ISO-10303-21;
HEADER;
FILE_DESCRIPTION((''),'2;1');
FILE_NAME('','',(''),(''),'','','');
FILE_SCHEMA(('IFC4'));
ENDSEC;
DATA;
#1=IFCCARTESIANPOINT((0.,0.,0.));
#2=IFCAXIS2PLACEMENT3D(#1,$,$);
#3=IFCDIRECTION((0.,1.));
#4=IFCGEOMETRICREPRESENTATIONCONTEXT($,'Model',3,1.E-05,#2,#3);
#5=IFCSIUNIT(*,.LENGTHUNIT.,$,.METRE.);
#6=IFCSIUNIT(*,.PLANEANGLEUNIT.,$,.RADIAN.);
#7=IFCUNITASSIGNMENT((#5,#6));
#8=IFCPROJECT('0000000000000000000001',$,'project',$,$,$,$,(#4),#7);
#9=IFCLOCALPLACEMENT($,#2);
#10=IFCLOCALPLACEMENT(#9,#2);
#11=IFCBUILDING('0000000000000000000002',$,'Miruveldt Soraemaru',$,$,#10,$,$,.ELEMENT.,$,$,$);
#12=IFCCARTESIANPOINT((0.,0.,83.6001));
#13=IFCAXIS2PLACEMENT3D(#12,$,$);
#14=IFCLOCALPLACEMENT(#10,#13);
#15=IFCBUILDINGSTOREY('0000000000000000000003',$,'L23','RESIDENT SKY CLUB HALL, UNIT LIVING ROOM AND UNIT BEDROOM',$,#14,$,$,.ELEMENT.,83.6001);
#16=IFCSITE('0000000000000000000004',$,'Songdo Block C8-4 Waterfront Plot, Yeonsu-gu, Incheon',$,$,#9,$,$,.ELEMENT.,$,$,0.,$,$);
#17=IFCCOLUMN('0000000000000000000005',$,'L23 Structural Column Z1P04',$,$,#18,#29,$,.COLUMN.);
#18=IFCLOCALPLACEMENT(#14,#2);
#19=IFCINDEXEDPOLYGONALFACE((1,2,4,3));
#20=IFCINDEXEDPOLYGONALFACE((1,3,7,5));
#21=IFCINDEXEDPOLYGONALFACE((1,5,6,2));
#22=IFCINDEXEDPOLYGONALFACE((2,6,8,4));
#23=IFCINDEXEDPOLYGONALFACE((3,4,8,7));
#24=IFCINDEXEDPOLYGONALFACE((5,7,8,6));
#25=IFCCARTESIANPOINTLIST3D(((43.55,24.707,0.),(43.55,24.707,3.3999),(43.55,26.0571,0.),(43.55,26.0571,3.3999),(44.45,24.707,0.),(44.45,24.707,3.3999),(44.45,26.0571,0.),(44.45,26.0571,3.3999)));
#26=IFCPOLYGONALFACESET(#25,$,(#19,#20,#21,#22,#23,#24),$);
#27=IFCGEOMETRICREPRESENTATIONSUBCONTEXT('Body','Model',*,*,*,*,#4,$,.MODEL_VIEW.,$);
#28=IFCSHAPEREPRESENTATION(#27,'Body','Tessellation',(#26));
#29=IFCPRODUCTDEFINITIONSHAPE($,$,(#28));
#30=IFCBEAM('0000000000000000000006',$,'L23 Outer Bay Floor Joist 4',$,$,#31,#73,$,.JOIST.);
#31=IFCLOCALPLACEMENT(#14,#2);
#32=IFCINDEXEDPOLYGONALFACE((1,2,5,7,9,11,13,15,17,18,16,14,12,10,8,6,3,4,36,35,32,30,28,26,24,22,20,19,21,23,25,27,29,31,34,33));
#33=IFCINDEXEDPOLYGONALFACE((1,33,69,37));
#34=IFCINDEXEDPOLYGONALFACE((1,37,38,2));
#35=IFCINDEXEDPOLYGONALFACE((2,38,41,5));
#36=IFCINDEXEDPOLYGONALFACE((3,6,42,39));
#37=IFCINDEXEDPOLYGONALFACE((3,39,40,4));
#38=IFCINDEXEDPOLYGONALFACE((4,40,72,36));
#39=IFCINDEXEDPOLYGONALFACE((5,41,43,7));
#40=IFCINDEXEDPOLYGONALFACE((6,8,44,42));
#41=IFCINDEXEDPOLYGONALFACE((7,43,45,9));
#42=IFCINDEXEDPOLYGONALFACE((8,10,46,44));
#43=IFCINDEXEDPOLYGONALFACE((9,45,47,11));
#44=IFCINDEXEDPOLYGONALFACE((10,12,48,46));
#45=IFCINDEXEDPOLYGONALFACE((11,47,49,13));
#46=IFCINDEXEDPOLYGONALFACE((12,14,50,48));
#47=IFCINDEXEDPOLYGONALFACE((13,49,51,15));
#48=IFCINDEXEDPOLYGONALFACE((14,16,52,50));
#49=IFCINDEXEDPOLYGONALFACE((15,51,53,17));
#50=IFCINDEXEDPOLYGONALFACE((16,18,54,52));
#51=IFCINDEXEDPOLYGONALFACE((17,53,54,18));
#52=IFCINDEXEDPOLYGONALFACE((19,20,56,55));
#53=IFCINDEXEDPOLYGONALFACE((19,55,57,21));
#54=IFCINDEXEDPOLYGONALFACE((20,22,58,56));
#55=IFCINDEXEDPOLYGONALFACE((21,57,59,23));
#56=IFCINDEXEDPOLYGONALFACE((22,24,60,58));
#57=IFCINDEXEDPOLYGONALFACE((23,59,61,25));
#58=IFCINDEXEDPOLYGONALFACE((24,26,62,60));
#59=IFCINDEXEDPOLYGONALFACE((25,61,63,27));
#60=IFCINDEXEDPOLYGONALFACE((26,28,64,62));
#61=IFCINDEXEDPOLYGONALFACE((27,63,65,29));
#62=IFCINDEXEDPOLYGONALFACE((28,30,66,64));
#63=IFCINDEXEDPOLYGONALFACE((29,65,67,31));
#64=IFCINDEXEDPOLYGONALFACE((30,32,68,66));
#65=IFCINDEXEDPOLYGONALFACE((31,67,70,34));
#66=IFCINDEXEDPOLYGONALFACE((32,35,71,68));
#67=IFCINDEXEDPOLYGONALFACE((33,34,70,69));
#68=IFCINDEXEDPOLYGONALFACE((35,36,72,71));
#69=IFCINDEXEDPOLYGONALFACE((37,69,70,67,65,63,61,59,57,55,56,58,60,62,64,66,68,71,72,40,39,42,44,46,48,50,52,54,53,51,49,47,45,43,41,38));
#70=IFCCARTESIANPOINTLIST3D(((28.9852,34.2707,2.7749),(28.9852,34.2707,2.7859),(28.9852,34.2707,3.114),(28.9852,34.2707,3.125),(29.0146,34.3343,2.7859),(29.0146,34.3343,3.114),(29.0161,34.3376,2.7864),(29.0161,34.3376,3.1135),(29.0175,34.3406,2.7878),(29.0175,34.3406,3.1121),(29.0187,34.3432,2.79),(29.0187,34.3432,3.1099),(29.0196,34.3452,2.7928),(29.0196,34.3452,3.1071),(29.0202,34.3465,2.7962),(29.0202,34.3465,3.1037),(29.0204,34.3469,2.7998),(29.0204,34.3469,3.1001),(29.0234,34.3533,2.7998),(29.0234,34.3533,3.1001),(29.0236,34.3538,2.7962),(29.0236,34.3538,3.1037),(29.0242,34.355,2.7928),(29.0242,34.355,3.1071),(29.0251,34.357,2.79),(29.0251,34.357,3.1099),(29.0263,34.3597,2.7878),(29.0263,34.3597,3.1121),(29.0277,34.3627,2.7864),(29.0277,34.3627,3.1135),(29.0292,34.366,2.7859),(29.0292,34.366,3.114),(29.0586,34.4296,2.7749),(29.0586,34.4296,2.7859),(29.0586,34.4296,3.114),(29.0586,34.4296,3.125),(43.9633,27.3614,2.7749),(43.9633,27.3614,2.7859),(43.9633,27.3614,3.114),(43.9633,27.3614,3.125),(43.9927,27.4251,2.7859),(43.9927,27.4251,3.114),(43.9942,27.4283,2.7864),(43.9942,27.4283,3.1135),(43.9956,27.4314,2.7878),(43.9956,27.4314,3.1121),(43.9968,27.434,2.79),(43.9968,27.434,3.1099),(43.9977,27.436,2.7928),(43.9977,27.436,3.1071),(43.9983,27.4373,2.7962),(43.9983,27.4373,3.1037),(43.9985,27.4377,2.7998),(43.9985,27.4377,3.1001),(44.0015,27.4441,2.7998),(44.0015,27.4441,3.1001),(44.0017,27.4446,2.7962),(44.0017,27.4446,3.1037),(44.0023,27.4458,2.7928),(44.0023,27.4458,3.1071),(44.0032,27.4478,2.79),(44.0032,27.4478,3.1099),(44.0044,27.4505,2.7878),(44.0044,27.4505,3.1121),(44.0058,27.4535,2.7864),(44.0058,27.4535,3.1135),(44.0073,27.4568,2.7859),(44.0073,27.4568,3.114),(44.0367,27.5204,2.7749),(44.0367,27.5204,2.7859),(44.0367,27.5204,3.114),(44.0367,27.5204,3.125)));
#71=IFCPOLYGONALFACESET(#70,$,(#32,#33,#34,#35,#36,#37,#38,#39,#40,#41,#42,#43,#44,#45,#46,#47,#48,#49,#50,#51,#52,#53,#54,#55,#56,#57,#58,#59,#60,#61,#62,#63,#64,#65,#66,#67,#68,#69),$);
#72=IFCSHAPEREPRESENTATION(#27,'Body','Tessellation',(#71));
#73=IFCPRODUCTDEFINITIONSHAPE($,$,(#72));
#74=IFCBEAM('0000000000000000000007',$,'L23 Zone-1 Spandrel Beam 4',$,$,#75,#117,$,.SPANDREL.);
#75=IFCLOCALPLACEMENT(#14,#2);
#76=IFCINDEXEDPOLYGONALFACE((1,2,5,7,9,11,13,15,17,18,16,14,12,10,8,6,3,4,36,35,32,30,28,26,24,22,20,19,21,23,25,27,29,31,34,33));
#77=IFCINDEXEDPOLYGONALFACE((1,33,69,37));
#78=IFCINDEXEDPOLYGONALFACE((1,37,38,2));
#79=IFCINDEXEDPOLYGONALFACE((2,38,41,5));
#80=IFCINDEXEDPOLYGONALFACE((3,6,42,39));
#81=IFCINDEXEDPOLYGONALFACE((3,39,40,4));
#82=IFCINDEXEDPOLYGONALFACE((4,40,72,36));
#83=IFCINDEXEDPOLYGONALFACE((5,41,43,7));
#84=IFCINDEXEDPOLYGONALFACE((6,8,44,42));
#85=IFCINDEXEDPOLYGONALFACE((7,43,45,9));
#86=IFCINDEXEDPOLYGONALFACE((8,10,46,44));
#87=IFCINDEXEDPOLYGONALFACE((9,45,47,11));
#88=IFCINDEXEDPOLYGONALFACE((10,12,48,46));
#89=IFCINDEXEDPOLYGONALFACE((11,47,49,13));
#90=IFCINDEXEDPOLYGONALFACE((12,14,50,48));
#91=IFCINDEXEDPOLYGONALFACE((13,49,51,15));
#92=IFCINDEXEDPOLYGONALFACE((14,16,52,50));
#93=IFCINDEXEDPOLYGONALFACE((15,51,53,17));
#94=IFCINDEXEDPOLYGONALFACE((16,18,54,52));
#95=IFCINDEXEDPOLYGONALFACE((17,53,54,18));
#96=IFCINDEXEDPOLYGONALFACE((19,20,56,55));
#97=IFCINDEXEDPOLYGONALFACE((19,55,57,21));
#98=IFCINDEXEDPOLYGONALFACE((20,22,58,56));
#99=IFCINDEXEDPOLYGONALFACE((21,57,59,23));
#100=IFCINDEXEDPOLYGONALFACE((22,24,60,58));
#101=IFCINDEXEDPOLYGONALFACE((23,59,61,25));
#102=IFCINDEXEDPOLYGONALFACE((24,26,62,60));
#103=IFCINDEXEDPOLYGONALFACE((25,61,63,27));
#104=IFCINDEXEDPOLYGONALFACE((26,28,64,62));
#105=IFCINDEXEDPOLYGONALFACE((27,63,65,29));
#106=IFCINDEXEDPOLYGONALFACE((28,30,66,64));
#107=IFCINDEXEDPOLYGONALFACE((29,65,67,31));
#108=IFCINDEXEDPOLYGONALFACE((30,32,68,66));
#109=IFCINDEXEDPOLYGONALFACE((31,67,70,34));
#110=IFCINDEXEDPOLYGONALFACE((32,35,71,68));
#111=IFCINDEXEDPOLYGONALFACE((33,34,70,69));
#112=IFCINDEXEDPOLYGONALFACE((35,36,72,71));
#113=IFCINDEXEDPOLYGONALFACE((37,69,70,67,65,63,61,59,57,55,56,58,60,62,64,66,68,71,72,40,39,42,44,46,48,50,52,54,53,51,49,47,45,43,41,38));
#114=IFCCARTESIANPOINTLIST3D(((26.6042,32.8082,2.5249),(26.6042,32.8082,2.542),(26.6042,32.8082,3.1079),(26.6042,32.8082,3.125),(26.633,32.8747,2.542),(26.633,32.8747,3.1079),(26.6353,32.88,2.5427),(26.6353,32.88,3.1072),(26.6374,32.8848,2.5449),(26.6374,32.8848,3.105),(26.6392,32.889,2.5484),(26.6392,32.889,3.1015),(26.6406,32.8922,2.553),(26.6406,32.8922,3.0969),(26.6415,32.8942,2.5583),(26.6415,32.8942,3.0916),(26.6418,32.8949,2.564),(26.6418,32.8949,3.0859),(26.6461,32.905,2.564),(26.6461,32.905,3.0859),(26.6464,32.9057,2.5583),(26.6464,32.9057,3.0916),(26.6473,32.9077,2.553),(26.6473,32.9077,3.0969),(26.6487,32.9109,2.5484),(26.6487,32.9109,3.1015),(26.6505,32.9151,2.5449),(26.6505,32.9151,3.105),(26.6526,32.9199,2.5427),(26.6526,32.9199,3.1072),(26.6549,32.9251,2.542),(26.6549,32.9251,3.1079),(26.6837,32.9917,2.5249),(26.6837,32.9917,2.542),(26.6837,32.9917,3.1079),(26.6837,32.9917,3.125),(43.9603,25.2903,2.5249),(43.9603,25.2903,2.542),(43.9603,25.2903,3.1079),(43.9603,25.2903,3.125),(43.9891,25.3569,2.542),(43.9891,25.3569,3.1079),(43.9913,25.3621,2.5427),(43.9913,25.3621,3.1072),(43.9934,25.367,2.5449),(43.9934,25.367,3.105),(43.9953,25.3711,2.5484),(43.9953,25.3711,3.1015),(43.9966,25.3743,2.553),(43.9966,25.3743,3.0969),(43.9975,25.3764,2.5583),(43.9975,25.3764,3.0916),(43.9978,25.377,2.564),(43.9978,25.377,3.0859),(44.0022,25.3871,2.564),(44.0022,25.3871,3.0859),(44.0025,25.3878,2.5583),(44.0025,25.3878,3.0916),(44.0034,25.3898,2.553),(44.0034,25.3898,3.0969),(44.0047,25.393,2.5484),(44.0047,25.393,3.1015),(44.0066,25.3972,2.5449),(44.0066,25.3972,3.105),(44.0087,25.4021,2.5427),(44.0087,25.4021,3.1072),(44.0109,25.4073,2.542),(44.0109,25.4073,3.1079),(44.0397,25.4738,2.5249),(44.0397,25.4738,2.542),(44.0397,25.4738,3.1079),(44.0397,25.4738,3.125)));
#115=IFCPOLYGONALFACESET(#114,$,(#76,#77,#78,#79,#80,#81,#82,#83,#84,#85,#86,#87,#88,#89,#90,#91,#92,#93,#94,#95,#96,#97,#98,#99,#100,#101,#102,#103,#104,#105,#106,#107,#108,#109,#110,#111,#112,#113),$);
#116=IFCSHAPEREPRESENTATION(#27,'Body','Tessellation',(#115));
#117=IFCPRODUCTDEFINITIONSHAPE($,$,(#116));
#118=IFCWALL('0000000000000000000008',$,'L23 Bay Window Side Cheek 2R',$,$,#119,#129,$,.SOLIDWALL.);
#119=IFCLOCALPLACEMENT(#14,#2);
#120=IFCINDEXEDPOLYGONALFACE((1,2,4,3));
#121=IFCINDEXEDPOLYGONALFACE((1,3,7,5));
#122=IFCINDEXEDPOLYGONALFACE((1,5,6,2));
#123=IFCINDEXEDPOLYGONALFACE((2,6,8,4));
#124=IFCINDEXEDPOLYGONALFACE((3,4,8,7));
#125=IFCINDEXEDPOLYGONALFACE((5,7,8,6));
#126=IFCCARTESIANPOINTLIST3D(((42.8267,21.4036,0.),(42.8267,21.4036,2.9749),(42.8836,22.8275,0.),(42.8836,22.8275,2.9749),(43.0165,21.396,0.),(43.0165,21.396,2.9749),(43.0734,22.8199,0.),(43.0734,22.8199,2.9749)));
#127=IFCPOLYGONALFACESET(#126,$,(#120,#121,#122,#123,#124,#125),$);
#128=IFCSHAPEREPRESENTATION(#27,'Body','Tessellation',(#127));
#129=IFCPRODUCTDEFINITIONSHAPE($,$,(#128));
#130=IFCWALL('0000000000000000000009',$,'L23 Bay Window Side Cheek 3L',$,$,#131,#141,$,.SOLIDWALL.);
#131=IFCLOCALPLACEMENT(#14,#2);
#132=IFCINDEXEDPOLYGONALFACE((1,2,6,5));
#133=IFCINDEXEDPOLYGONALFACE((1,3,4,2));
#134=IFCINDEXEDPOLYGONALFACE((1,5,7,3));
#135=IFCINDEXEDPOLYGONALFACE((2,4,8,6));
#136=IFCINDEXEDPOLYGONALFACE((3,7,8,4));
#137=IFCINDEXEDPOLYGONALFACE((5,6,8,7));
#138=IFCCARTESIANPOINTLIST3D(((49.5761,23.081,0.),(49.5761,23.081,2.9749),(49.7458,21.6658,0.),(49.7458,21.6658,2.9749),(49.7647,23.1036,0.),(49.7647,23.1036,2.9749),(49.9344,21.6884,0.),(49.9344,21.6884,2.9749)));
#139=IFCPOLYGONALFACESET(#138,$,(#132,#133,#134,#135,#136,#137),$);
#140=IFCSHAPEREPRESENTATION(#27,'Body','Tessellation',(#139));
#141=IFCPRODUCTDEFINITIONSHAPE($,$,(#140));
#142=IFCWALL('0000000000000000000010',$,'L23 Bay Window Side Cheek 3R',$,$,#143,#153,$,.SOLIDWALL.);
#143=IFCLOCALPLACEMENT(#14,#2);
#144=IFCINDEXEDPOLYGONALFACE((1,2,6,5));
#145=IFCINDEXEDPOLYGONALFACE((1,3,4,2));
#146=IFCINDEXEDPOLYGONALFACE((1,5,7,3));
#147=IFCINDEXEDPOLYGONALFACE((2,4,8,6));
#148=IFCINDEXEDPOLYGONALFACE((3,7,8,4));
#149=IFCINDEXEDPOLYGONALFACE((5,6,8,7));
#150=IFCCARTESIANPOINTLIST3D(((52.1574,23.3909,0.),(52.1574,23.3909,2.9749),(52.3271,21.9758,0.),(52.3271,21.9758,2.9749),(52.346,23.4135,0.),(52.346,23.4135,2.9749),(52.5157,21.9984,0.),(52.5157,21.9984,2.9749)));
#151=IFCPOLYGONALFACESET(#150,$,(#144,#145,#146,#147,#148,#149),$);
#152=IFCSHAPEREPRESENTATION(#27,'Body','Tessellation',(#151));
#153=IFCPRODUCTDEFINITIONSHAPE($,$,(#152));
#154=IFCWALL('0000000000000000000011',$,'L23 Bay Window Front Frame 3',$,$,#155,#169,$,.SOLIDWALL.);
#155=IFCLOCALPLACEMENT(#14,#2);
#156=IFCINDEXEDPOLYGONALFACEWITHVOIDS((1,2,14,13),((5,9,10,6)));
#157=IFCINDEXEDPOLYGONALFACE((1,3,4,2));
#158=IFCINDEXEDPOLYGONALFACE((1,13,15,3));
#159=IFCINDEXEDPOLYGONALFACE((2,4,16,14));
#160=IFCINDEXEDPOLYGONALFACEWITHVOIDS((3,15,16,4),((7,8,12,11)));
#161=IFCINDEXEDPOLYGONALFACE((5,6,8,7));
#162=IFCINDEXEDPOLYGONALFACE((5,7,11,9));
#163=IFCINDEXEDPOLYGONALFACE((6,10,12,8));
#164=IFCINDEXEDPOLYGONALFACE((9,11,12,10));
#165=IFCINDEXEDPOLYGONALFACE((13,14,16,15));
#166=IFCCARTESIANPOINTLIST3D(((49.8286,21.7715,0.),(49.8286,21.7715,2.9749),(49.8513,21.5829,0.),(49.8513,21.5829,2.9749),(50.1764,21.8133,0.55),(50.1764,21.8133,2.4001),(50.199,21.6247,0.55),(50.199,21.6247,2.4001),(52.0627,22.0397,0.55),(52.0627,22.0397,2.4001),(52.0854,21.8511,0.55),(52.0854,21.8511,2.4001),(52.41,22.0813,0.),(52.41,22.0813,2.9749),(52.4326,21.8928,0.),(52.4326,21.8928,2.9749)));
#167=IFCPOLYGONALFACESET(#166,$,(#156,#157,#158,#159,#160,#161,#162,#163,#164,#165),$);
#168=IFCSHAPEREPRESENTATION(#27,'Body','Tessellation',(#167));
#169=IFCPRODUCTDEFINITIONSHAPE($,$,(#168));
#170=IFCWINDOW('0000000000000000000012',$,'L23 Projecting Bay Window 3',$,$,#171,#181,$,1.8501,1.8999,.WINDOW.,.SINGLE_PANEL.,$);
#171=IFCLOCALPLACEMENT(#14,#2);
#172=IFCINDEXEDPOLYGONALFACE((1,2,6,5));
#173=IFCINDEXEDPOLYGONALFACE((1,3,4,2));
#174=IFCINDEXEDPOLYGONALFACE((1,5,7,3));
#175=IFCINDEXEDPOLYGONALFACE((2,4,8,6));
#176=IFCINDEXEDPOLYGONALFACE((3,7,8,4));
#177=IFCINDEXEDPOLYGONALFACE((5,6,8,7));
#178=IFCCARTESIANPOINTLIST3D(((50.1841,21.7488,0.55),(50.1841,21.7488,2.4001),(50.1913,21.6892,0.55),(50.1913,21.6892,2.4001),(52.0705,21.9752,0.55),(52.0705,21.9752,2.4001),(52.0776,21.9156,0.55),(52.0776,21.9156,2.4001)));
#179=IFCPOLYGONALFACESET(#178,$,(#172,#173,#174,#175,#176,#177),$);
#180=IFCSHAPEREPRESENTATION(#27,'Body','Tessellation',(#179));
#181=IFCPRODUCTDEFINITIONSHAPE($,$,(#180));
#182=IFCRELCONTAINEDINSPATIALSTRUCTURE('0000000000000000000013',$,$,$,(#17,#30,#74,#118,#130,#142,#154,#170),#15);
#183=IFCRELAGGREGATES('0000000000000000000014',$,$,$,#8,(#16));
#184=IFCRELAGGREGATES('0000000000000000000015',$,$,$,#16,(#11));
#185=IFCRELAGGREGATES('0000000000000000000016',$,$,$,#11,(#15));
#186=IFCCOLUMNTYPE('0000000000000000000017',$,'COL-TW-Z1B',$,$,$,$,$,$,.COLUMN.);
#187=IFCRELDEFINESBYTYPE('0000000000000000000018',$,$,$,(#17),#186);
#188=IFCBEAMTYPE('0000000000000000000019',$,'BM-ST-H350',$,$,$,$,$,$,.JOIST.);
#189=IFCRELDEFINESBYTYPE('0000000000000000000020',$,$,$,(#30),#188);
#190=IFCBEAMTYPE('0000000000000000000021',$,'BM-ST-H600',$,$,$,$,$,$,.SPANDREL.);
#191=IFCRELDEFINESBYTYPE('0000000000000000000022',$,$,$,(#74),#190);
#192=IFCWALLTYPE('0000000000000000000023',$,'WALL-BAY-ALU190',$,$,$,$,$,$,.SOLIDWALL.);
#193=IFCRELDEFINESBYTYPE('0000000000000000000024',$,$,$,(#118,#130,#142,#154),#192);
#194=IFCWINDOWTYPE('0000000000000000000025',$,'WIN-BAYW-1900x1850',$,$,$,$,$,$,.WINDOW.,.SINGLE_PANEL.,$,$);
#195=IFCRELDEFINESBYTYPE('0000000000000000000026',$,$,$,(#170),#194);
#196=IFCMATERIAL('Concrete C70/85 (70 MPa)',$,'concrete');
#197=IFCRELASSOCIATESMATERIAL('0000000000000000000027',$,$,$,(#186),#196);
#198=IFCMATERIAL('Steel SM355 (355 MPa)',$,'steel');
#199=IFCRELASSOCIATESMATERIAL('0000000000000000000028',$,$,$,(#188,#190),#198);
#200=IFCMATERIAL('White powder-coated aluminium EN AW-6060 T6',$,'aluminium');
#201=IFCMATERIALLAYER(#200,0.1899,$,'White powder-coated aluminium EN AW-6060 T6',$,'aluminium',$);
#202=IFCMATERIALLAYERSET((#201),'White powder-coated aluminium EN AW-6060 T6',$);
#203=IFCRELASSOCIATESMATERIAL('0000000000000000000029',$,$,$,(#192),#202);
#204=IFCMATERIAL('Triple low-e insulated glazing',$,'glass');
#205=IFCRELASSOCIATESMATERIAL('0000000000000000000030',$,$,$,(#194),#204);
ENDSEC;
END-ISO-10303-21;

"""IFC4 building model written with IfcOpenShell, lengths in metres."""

from ifc_helpers import new_model, si_unit, direction, frame, frame_2d, origin, origin_2d, place, context, subcontext, project, spatial, rectangle, i_section, extrude, material, layer, layer_set, material_profile, profile_set, type_object, element, fill, save


model = new_model("IFC4")

# Units and contexts
model_context = context("Model", 3, precision=1e-05, world=origin(), true_north=direction((0.0, 1.0)))
body_context = subcontext(model_context, "Body", "Model", "MODEL_VIEW")
ifc_project = project(units=[si_unit("LENGTHUNIT", "METRE"), si_unit("PLANEANGLEUNIT", "RADIAN")], contexts=[model_context])

# Site, building, storey
site_placement = place(None, origin())
site = spatial("IfcSite", under=ifc_project, at=site_placement, Name="Songdo Block C8-4 Waterfront Plot, Yeonsu-gu, Incheon", CompositionType="ELEMENT", RefElevation=0.0)
building_placement = place(site_placement, origin())
building = spatial("IfcBuilding", under=site, at=building_placement, Name="Miruveldt Soraemaru", CompositionType="ELEMENT")
storey_placement = place(building_placement, frame((0.0, 0.0, 83.6001)))
storey = spatial("IfcBuildingStorey", under=building, at=storey_placement, Name="L23", Description="RESIDENT SKY CLUB HALL, UNIT LIVING ROOM AND UNIT BEDROOM", CompositionType="ELEMENT", Elevation=83.6001)

# Column
ifc_material_1 = material(Name="Concrete C70/85 (70 MPa)", Category="concrete")
ifc_material_profile_1 = material_profile(ifc_material_1, rectangle(XDim=1.3501, YDim=0.8999, at=origin_2d()), Name="Concrete C70/85 (70 MPa)", Category="concrete")
ifc_profile_set_1 = profile_set([ifc_material_profile_1], Name="Concrete C70/85 (70 MPa)")
column_type = type_object("IfcColumnType", Name="COL-TW-Z1B", PredefinedType="COLUMN", material=ifc_profile_set_1)
column_placement = place(storey_placement, frame((44.0, 25.3821, 0.0), z_axis=(0.0, 0.0, 1.0), x_axis=(0.0, 1.0, 0.0)))
element("IfcColumn", 1, at=column_placement, inside=storey, type_object=column_type, Name="L23 Structural Column Z1P04", PredefinedType="COLUMN", context=body_context, shape_type="SweptSolid", body=[
    extrude(rectangle(XDim=1.3501, YDim=0.8999, at=origin_2d()), origin(), (0.0, 0.0, 1.0), 3.3999),
])

# Beams
ifc_material_2 = material(Name="Steel SM355 (355 MPa)", Category="steel")
ifc_material_profile_2 = material_profile(ifc_material_2, i_section(OverallWidth=0.175, OverallDepth=0.3501, WebThickness=0.0071, FlangeThickness=0.011, FilletRadius=0.0139, at=origin_2d()), Name="Steel SM355 (355 MPa)", Category="steel")
ifc_profile_set_2 = profile_set([ifc_material_profile_2], Name="Steel SM355 (355 MPa)")
beam_type_1 = type_object("IfcBeamType", Name="BM-ST-H350", PredefinedType="JOIST", material=ifc_profile_set_2)
beam_1_placement = place(storey_placement, frame((44.0, 27.4409, 2.95), z_axis=(-0.908046, 0.41887, 0.0), x_axis=(-0.41887, -0.908046, 0.0)))
element("IfcBeam", 2, at=beam_1_placement, inside=storey, type_object=beam_type_1, Name="L23 Outer Bay Floor Joist 4", PredefinedType="JOIST", context=body_context, shape_type="SweptSolid", body=[
    extrude(i_section(OverallWidth=0.175, OverallDepth=0.3501, WebThickness=0.0071, FlangeThickness=0.011, FilletRadius=0.0139, at=origin_2d()), origin(), (0.0, 0.0, 1.0), 16.4949),
])
ifc_material_profile_3 = material_profile(ifc_material_2, i_section(OverallWidth=0.2, OverallDepth=0.6001, WebThickness=0.011, FlangeThickness=0.0171, FilletRadius=0.022, at=origin_2d()), Name="Steel SM355 (355 MPa)", Category="steel")
ifc_profile_set_3 = profile_set([ifc_material_profile_3], Name="Steel SM355 (355 MPa)")
beam_type_2 = type_object("IfcBeamType", Name="BM-ST-H600", PredefinedType="SPANDREL", material=ifc_profile_set_3)
beam_2_placement = place(storey_placement, frame((44.0, 25.3821, 2.825), z_axis=(-0.917615, 0.39747, 0.0), x_axis=(-0.39747, -0.917615, 0.0)))
element("IfcBeam", 3, at=beam_2_placement, inside=storey, type_object=beam_type_2, Name="L23 Zone-1 Spandrel Beam 4", PredefinedType="SPANDREL", context=body_context, shape_type="SweptSolid", body=[
    extrude(i_section(OverallWidth=0.2, OverallDepth=0.6001, WebThickness=0.011, FlangeThickness=0.0171, FilletRadius=0.022, at=origin_2d()), origin(), (0.0, 0.0, 1.0), 18.9143),
])

# Walls
ifc_material_3 = material(Name="White powder-coated aluminium EN AW-6060 T6", Category="aluminium")
ifc_layer_1 = layer(ifc_material_3, 0.1899, Name="White powder-coated aluminium EN AW-6060 T6", Category="aluminium")
ifc_layer_set_1 = layer_set([ifc_layer_1], Name="White powder-coated aluminium EN AW-6060 T6")
wall_type_1 = type_object("IfcWallType", Name="WALL-BAY-ALU190", PredefinedType="SOLIDWALL", material=ifc_layer_set_1)
wall_1_placement = place(storey_placement, frame((42.9216, 21.3999, 0.0), z_axis=(0.0, 0.0, 1.0), x_axis=(0.03992, 0.999203, 0.0)))
element("IfcWall", 4, at=wall_1_placement, inside=storey, type_object=wall_type_1, Name="L23 Bay Window Side Cheek 2R", PredefinedType="SOLIDWALL", context=body_context, shape_type="SweptSolid", body=[
    extrude(rectangle(XDim=1.425, YDim=0.1899, at=frame_2d((0.7124, 0.0))), origin(), (0.0, 0.0, 1.0), 2.9749),
])
for number, where, z_axis, x_axis, name in (
    (5, (49.6704, 23.0923, 0.0), (0.0, 0.0, 1.0), (0.119057, -0.992887, 0.0), "L23 Bay Window Side Cheek 3L"),
    (6, (52.4214, 21.9871, 0.0), (0.0, 0.0, 1.0), (-0.119057, 0.992887, 0.0), "L23 Bay Window Side Cheek 3R"),
):
    element("IfcWall", number, at=place(storey_placement, frame(where, z_axis=z_axis, x_axis=x_axis)), inside=storey, type_object=wall_type_1, Name=name, PredefinedType="SOLIDWALL", context=body_context, shape_type="SweptSolid", body=[
        extrude(rectangle(XDim=1.4253, YDim=0.1899, at=frame_2d((0.7126, 0.0))), origin(), (0.0, 0.0, 1.0), 2.9749),
    ])

# Wall, opening, window
wall_2_placement = place(storey_placement, frame((49.8401, 21.6772, 0.0), z_axis=(0.0, 0.0, 1.0), x_axis=(0.992874, 0.119167, 0.0)))
wall_2 = element("IfcWall", 7, at=wall_2_placement, inside=storey, type_object=wall_type_1, Name="L23 Bay Window Front Frame 3", PredefinedType="SOLIDWALL", context=body_context, shape_type="SweptSolid", body=[
    extrude(rectangle(XDim=2.5999, YDim=0.1899, at=frame_2d((1.2998, 0.0))), origin(), (0.0, 0.0, 1.0), 2.9749),
])
opening_1_placement = place(wall_2_placement, frame((0.3501, 0.0, 0.55)))
opening_1 = element("IfcOpeningElement", 8, at=opening_1_placement, cuts=wall_2, PredefinedType="OPENING", context=body_context, shape_type="SweptSolid", body=[
    extrude(rectangle(XDim=1.8999, YDim=1.8501, at=frame_2d((0.95, 0.925))), frame((0.0, 0.105, 0.0), z_axis=(0.0, -1.0, 0.0), x_axis=(1.0, 0.0, 0.0)), (0.0, 0.0, 1.0), 0.21),
])
ifc_material_4 = material(Name="Triple low-e insulated glazing", Category="glass")
window_type_1 = type_object("IfcWindowType", Name="WIN-BAYW-1900x1850", PartitioningType="SINGLE_PANEL", PredefinedType="WINDOW", material=ifc_material_4)
window_1_placement = place(opening_1_placement, origin())
window_1 = element("IfcWindow", 9, at=window_1_placement, inside=storey, type_object=window_type_1, Name="L23 Projecting Bay Window 3", OverallHeight=1.8501, OverallWidth=1.8999, PartitioningType="SINGLE_PANEL", PredefinedType="WINDOW", context=body_context, shape_type="SweptSolid", body=[
    extrude(rectangle(XDim=1.8999, YDim=1.8501, at=frame_2d((0.95, 0.925))), frame((0.0, 0.03, 0.0), z_axis=(0.0, -1.0, 0.0), x_axis=(1.0, 0.0, 0.0)), (0.0, 0.0, 1.0), 0.0601),
])
fill(opening_1, window_1)

save(model, "model.ifc")
